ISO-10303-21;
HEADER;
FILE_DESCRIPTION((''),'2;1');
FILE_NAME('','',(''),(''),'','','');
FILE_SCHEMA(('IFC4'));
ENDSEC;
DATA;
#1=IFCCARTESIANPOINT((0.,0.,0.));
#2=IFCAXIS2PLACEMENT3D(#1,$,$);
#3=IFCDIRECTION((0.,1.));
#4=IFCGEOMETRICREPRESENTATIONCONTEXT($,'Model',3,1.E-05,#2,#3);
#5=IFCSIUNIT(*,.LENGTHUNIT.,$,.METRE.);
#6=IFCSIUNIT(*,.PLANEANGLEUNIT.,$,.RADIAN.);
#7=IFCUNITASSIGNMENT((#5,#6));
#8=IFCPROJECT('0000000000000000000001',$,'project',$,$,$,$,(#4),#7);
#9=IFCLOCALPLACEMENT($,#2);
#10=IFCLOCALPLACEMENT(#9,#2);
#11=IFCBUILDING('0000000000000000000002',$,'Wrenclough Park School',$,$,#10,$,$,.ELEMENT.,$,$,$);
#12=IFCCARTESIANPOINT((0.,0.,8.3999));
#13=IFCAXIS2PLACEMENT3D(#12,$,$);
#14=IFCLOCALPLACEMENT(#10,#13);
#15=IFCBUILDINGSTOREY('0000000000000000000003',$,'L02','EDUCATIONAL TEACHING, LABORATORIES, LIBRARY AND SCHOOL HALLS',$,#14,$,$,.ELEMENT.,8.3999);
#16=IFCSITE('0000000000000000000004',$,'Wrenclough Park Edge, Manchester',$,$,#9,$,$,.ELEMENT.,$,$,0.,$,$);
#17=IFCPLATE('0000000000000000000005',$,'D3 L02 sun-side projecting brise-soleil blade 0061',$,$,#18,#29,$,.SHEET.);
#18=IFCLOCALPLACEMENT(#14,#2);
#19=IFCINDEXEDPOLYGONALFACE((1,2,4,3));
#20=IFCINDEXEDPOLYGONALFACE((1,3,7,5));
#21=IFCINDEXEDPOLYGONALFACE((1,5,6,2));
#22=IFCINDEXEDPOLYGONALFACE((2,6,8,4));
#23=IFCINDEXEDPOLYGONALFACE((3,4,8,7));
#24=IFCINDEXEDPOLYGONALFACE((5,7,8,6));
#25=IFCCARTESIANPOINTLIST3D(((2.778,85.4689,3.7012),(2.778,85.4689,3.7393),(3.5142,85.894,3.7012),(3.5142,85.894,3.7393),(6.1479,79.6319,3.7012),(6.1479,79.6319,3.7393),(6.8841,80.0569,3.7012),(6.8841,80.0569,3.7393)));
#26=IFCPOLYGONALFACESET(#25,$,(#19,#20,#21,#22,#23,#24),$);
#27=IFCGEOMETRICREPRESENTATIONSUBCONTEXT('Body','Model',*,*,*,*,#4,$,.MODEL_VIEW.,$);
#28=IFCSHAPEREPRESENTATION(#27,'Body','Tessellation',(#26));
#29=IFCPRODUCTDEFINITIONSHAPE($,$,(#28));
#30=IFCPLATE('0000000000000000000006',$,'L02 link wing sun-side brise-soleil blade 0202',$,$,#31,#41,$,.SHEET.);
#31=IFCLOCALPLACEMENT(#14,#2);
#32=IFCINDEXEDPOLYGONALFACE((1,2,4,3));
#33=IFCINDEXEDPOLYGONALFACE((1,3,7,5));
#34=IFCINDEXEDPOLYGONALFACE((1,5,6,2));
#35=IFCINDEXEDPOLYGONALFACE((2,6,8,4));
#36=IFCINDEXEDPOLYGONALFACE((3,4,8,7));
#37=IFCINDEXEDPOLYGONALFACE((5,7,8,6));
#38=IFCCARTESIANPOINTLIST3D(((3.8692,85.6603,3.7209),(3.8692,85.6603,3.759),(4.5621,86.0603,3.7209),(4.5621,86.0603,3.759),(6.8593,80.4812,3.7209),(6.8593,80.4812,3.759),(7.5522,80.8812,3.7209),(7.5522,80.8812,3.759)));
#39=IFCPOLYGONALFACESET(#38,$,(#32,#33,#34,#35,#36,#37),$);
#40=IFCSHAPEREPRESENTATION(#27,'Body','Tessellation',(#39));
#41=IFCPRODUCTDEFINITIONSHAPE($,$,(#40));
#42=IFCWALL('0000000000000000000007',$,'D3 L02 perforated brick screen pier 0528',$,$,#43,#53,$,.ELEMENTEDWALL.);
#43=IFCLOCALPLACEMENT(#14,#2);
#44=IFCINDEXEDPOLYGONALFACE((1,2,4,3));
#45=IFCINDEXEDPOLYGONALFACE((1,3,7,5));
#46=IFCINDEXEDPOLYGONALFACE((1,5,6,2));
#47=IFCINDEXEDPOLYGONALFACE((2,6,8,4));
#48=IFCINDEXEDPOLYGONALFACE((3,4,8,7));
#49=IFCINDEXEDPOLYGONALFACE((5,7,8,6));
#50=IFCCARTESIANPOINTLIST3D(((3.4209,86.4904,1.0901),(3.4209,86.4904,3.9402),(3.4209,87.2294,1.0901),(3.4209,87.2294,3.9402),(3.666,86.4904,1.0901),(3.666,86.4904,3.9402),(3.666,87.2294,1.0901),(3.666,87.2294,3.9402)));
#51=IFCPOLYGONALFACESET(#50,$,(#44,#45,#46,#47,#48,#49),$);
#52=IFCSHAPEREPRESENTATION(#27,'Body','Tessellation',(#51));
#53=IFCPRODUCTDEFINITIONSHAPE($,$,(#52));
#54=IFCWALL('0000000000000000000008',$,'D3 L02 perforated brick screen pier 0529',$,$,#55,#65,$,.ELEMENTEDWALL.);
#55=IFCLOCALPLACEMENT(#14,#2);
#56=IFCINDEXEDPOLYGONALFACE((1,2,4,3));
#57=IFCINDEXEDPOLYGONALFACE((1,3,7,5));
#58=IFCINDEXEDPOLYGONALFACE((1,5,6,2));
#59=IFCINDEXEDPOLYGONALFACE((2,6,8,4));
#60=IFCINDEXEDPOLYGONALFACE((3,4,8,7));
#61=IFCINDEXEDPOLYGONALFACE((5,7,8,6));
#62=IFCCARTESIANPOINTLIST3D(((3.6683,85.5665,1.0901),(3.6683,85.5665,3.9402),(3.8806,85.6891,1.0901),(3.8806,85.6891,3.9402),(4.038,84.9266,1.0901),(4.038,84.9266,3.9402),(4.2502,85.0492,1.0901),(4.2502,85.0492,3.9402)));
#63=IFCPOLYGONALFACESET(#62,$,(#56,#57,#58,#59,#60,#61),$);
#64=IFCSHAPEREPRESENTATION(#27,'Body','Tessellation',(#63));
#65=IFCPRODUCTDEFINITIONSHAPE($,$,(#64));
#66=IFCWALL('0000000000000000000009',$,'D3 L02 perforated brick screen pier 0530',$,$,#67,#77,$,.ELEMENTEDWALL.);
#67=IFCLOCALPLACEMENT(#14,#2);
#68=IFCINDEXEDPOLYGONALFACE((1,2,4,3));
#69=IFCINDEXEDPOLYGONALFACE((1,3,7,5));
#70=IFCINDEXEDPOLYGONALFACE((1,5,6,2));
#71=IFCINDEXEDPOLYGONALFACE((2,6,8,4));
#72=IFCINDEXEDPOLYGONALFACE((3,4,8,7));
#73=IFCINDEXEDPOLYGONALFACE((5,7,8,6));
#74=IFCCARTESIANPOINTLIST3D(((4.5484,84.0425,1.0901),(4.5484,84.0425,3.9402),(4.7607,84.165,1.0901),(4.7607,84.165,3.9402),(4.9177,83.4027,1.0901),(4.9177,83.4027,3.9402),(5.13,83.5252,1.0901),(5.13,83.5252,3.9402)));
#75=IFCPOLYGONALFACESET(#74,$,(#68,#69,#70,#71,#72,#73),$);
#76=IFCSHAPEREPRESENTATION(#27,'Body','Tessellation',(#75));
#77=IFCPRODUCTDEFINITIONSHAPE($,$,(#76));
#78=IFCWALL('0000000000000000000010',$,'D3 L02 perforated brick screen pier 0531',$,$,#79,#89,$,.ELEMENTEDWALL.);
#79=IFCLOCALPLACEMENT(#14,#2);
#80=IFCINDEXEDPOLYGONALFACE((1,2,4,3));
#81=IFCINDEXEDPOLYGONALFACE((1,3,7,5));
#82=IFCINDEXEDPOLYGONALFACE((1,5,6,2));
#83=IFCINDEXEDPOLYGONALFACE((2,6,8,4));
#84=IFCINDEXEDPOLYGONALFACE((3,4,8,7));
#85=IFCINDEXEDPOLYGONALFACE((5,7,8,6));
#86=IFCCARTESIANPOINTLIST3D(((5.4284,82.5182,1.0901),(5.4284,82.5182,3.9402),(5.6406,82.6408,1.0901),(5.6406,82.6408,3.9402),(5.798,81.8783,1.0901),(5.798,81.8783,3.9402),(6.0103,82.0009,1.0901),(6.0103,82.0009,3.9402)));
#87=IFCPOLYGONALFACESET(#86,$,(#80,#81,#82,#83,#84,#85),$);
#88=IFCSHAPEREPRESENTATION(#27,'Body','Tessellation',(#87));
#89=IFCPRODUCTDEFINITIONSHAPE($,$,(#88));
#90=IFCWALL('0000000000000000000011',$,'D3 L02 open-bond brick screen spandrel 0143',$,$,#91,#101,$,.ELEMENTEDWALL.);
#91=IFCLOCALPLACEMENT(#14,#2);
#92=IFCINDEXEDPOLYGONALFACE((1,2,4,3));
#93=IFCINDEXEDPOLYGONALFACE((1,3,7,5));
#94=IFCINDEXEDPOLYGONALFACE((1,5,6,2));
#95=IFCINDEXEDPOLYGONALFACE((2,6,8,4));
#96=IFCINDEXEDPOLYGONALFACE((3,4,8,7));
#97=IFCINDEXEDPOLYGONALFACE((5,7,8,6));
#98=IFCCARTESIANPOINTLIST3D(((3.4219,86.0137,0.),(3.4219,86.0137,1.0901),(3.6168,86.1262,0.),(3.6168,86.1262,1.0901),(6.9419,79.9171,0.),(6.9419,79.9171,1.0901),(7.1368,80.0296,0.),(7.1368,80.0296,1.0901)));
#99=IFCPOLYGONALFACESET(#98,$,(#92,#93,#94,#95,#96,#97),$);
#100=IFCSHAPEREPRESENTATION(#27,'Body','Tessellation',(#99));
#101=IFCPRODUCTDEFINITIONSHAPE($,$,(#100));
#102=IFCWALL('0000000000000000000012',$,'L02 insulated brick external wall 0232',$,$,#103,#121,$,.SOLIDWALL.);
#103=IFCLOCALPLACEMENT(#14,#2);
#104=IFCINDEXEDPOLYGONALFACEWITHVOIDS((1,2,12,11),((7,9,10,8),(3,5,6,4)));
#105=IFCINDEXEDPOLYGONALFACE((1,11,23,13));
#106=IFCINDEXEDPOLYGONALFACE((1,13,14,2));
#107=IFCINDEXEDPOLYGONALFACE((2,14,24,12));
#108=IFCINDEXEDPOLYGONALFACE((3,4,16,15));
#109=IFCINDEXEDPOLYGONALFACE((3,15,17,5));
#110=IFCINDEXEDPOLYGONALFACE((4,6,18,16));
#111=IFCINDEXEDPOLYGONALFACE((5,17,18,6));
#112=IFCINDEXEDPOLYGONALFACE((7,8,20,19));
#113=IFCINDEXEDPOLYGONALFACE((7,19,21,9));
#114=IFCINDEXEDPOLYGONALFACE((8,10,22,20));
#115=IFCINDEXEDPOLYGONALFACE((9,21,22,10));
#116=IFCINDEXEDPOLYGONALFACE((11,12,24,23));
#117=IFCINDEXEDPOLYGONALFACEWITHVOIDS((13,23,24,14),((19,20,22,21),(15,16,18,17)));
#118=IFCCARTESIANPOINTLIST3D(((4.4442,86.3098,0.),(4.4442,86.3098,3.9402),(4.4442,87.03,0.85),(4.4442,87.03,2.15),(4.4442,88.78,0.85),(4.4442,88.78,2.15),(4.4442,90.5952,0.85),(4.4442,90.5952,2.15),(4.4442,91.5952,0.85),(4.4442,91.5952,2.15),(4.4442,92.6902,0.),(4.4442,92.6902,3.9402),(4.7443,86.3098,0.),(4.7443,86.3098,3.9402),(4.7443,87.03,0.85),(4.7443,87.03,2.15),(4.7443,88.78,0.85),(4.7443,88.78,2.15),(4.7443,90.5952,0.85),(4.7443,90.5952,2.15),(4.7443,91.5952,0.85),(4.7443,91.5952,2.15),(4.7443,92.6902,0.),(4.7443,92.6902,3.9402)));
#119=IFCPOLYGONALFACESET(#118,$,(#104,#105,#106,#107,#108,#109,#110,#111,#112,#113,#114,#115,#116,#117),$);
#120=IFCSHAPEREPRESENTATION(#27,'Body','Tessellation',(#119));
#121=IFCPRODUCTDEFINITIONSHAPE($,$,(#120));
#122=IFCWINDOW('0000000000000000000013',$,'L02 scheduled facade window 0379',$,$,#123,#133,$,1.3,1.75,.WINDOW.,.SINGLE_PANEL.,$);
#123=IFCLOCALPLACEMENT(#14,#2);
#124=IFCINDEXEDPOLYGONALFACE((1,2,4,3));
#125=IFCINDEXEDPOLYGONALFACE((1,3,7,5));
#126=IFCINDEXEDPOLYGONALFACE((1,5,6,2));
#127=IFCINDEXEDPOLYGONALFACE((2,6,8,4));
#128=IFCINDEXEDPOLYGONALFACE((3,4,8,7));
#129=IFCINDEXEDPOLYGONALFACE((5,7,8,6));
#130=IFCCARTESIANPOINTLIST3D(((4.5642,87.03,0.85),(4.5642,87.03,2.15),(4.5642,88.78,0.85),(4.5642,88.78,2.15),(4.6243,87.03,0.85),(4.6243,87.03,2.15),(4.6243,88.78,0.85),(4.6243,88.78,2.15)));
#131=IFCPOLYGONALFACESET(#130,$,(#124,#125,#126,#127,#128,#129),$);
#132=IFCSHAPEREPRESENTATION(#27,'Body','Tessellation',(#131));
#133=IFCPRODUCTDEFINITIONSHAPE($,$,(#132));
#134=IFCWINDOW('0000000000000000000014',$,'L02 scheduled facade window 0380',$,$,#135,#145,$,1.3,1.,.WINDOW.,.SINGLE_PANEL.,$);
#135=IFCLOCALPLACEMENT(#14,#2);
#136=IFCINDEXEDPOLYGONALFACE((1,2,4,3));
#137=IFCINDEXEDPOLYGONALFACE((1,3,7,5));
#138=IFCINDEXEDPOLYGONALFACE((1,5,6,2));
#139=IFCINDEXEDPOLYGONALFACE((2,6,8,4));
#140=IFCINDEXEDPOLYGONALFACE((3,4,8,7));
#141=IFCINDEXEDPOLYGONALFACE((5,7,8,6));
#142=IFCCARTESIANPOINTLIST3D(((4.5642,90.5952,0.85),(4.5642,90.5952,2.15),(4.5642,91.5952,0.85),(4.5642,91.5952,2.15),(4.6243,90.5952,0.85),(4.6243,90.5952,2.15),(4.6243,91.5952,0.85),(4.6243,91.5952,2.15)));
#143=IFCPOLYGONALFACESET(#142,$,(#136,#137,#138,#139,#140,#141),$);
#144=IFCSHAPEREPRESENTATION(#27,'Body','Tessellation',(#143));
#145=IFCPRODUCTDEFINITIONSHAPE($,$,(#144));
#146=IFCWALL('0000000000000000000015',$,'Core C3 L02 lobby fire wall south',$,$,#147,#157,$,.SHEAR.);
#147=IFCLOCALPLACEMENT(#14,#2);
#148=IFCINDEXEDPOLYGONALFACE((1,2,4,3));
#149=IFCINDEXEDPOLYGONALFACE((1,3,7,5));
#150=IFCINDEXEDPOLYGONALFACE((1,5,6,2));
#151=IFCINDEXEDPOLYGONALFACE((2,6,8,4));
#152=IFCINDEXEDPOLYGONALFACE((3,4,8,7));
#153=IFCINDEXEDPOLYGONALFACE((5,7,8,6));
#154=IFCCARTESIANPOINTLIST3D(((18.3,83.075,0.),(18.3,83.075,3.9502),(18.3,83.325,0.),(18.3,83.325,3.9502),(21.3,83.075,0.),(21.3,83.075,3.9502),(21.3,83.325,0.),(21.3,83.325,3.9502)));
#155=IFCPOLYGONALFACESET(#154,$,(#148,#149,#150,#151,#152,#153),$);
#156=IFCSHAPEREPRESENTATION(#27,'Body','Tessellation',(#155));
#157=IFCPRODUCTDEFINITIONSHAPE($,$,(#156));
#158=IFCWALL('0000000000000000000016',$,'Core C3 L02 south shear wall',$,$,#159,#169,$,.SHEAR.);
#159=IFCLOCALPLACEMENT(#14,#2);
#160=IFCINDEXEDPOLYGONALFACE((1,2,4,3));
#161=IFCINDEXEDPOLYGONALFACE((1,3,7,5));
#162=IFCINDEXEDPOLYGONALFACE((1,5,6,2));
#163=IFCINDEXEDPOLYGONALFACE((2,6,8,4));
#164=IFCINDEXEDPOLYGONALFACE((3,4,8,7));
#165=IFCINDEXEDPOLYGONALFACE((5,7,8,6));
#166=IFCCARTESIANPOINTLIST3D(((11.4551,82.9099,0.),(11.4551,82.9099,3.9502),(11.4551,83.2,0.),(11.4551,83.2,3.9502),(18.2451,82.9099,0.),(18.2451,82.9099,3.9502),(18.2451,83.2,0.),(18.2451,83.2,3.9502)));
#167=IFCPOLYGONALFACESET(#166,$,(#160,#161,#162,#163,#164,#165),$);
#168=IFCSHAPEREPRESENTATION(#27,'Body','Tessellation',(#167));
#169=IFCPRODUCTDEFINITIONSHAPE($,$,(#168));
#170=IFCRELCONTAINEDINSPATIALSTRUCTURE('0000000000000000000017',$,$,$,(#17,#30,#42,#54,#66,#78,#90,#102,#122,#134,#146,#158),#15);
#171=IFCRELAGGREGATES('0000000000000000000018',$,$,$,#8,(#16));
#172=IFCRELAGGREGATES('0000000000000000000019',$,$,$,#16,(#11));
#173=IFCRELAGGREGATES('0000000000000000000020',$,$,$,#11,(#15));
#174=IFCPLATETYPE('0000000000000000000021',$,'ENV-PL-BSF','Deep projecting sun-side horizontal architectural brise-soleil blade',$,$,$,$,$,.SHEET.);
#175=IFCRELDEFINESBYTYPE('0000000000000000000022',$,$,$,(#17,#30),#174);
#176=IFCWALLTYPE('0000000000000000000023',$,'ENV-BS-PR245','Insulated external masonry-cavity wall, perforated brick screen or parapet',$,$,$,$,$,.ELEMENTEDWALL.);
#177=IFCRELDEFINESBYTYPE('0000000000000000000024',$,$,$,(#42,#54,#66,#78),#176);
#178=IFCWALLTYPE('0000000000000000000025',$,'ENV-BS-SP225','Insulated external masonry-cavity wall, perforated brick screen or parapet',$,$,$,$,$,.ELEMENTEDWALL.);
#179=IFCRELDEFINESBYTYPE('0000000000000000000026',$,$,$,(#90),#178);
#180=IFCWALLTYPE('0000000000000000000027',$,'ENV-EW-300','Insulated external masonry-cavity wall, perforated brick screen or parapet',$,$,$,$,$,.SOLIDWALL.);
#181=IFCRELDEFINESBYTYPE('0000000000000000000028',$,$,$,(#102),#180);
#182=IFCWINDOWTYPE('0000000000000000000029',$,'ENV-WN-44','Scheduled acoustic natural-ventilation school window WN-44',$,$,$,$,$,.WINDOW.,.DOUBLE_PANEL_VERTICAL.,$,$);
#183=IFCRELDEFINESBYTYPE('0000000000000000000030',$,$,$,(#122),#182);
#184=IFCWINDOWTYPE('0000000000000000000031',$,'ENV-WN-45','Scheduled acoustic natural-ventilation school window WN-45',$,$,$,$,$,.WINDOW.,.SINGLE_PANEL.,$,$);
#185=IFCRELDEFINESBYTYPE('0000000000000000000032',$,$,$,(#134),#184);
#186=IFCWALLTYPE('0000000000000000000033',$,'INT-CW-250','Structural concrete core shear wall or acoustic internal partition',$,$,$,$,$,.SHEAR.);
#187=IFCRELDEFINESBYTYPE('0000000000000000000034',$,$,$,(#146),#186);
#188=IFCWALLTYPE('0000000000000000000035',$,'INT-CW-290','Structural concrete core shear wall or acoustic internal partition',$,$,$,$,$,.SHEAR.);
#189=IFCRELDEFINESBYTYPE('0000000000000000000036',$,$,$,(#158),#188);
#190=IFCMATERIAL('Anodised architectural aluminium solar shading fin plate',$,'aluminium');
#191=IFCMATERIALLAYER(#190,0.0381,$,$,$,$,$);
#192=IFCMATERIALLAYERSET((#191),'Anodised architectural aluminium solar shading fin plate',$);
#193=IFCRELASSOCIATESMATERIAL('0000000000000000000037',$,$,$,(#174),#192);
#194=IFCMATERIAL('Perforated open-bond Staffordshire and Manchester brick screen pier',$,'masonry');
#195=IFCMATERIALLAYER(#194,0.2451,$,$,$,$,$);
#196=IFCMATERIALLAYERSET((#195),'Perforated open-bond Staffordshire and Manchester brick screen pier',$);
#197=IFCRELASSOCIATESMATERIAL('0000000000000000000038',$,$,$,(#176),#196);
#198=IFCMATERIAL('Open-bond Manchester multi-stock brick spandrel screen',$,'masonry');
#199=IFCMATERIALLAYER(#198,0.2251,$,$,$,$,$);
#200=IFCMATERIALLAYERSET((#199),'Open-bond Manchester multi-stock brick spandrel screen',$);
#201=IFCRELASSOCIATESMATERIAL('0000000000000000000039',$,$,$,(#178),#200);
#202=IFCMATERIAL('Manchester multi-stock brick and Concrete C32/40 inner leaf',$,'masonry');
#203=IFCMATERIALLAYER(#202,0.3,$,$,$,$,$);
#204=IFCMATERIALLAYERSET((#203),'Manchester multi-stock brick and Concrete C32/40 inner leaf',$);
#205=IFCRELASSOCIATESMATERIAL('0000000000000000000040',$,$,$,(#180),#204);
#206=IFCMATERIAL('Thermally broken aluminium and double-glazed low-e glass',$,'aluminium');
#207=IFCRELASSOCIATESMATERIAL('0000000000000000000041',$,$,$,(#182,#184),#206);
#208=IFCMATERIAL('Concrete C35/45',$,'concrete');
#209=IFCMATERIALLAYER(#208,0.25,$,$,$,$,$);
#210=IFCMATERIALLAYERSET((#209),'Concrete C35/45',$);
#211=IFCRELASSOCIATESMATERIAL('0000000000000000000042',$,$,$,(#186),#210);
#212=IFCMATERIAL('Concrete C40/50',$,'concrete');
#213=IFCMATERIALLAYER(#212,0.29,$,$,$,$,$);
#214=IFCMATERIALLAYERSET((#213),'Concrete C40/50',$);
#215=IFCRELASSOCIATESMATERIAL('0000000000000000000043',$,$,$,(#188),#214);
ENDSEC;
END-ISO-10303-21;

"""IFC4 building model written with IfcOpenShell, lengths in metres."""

from ifc_helpers import new_model, si_unit, direction, frame, frame_2d, origin, origin_2d, place, context, subcontext, project, spatial, rectangle, extrude, material, layer, layer_set, type_object, element, fill, save


model = new_model("IFC4")

# Units and contexts
model_context = context("Model", 3, precision=1e-05, world=origin(), true_north=direction((0.0, 1.0)))
body_context = subcontext(model_context, "Body", "Model", "MODEL_VIEW")
ifc_project = project(units=[si_unit("LENGTHUNIT", "METRE"), si_unit("PLANEANGLEUNIT", "RADIAN")], contexts=[model_context])

# Site, building, storey
site_placement = place(None, origin())
site = spatial("IfcSite", under=ifc_project, at=site_placement, Name="Wrenclough Park Edge, Manchester", CompositionType="ELEMENT", RefElevation=0.0)
building_placement = place(site_placement, origin())
building = spatial("IfcBuilding", under=site, at=building_placement, Name="Wrenclough Park School", CompositionType="ELEMENT")
storey_placement = place(building_placement, frame((0.0, 0.0, 8.3999)))
storey = spatial("IfcBuildingStorey", under=building, at=storey_placement, Name="L02", Description="EDUCATIONAL TEACHING, LABORATORIES, LIBRARY AND SCHOOL HALLS", CompositionType="ELEMENT", Elevation=8.3999)

# Plates
ifc_material_1 = material(Name="Anodised architectural aluminium solar shading fin plate", Category="aluminium")
ifc_layer_1 = layer(ifc_material_1, 0.0381)
ifc_layer_set_1 = layer_set([ifc_layer_1], Name="Anodised architectural aluminium solar shading fin plate")
plate_type = type_object("IfcPlateType", Name="ENV-PL-BSF", Description="Deep projecting sun-side horizontal architectural brise-soleil blade", PredefinedType="SHEET", material=ifc_layer_set_1)
plate_1_placement = place(storey_placement, frame((4.8311, 82.7629, 3.7012), z_axis=(0.0, 0.0, 1.0), x_axis=(0.499991, -0.866031, 0.0)))
element("IfcPlate", 1, at=plate_1_placement, inside=storey, type_object=plate_type, Name="D3 L02 sun-side projecting brise-soleil blade 0061", PredefinedType="SHEET", context=body_context, shape_type="SweptSolid", body=[
    extrude(rectangle(XDim=6.74, YDim=0.8501, at=origin_2d()), origin(), (0.0, 0.0, 1.0), 0.0381),
])
plate_2_placement = place(storey_placement, frame((5.7107, 83.2708, 3.7209), z_axis=(0.0, 0.0, 1.0), x_axis=(-0.499994, 0.866029, 0.0)))
element("IfcPlate", 2, at=plate_2_placement, inside=storey, type_object=plate_type, Name="L02 link wing sun-side brise-soleil blade 0202", PredefinedType="SHEET", context=body_context, shape_type="SweptSolid", body=[
    extrude(rectangle(XDim=5.9802, YDim=0.8, at=origin_2d()), origin(), (0.0, 0.0, 1.0), 0.0381),
])

# Walls
ifc_material_2 = material(Name="Perforated open-bond Staffordshire and Manchester brick screen pier", Category="masonry")
ifc_layer_2 = layer(ifc_material_2, 0.2451)
ifc_layer_set_2 = layer_set([ifc_layer_2], Name="Perforated open-bond Staffordshire and Manchester brick screen pier")
wall_type_1 = type_object("IfcWallType", Name="ENV-BS-PR245", Description="Insulated external masonry-cavity wall, perforated brick screen or parapet", PredefinedType="ELEMENTEDWALL", material=ifc_layer_set_2)
for number, where, z_axis, x_axis, name in (
    (3, (3.5435, 87.2295, 1.0901), (0.0, 0.0, 1.0), (0.0, -1.0, 0.0), "D3 L02 perforated brick screen pier 0528"),
    (4, (3.7744, 85.6279, 1.0901), (0.0, 0.0, 1.0), (0.50019, -0.865916, 0.0), "D3 L02 perforated brick screen pier 0529"),
):
    element("IfcWall", number, at=place(storey_placement, frame(where, z_axis=z_axis, x_axis=x_axis)), inside=storey, type_object=wall_type_1, Name=name, PredefinedType="ELEMENTEDWALL", context=body_context, shape_type="SweptSolid", body=[
        extrude(rectangle(XDim=0.739, YDim=0.2451, at=frame_2d((0.3696, 0.0))), origin(), (0.0, 0.0, 1.0), 2.8501),
    ])
wall_1_placement = place(storey_placement, frame((4.6545, 84.1038, 1.0901), z_axis=(0.0, 0.0, 1.0), x_axis=(0.499942, -0.866059, 0.0)))
element("IfcWall", 5, at=wall_1_placement, inside=storey, type_object=wall_type_1, Name="D3 L02 perforated brick screen pier 0530", PredefinedType="ELEMENTEDWALL", context=body_context, shape_type="SweptSolid", body=[
    extrude(rectangle(XDim=0.7388, YDim=0.2451, at=frame_2d((0.3694, 0.0))), origin(), (0.0, 0.0, 1.0), 2.8501),
])
wall_2_placement = place(storey_placement, frame((5.5344, 82.5796, 1.0901), z_axis=(0.0, 0.0, 1.0), x_axis=(0.50019, -0.865916, 0.0)))
element("IfcWall", 6, at=wall_2_placement, inside=storey, type_object=wall_type_1, Name="D3 L02 perforated brick screen pier 0531", PredefinedType="ELEMENTEDWALL", context=body_context, shape_type="SweptSolid", body=[
    extrude(rectangle(XDim=0.739, YDim=0.2451, at=frame_2d((0.3696, 0.0))), origin(), (0.0, 0.0, 1.0), 2.8501),
])
ifc_material_3 = material(Name="Open-bond Manchester multi-stock brick spandrel screen", Category="masonry")
ifc_layer_3 = layer(ifc_material_3, 0.2251)
ifc_layer_set_3 = layer_set([ifc_layer_3], Name="Open-bond Manchester multi-stock brick spandrel screen")
wall_type_2 = type_object("IfcWallType", Name="ENV-BS-SP225", Description="Insulated external masonry-cavity wall, perforated brick screen or parapet", PredefinedType="ELEMENTEDWALL", material=ifc_layer_set_3)
wall_3_placement = place(storey_placement, frame((3.5193, 86.0701, 0.0), z_axis=(0.0, 0.0, 1.0), x_axis=(0.500011, -0.866019, 0.0)))
element("IfcWall", 7, at=wall_3_placement, inside=storey, type_object=wall_type_2, Name="D3 L02 open-bond brick screen spandrel 0143", PredefinedType="ELEMENTEDWALL", context=body_context, shape_type="SweptSolid", body=[
    extrude(rectangle(XDim=7.0398, YDim=0.2251, at=frame_2d((3.52, 0.0))), origin(), (0.0, 0.0, 1.0), 1.0901),
])

# Wall, openings, windows
ifc_material_4 = material(Name="Manchester multi-stock brick and Concrete C32/40 inner leaf", Category="masonry")
ifc_layer_4 = layer(ifc_material_4, 0.3)
ifc_layer_set_4 = layer_set([ifc_layer_4], Name="Manchester multi-stock brick and Concrete C32/40 inner leaf")
wall_type_3 = type_object("IfcWallType", Name="ENV-EW-300", Description="Insulated external masonry-cavity wall, perforated brick screen or parapet", PredefinedType="SOLIDWALL", material=ifc_layer_set_4)
wall_4_placement = place(storey_placement, frame((4.5942, 86.3098, 0.0), z_axis=(0.0, 0.0, 1.0), x_axis=(0.0, 1.0, 0.0)))
wall_4 = element("IfcWall", 8, at=wall_4_placement, inside=storey, type_object=wall_type_3, Name="L02 insulated brick external wall 0232", PredefinedType="SOLIDWALL", context=body_context, shape_type="SweptSolid", body=[
    extrude(rectangle(XDim=6.3804, YDim=0.3, at=frame_2d((3.1902, 0.0))), origin(), (0.0, 0.0, 1.0), 3.9402),
])
opening_1_placement = place(wall_4_placement, frame((0.7202, 0.0, 0.8501)))
opening_1 = element("IfcOpeningElement", 9, at=opening_1_placement, cuts=wall_4, PredefinedType="OPENING", context=body_context, shape_type="SweptSolid", body=[
    extrude(rectangle(XDim=1.75, YDim=1.3, at=frame_2d((0.875, 0.6499))), frame((0.0, 0.1599, 0.0), z_axis=(0.0, -1.0, 0.0), x_axis=(1.0, 0.0, 0.0)), (0.0, 0.0, 1.0), 0.3201),
])
opening_2_placement = place(wall_4_placement, frame((4.2854, 0.0, 0.8501)))
opening_2 = element("IfcOpeningElement", 10, at=opening_2_placement, cuts=wall_4, PredefinedType="OPENING", context=body_context, shape_type="SweptSolid", body=[
    extrude(rectangle(XDim=1.0, YDim=1.3, at=frame_2d((0.5, 0.6499))), frame((0.0, 0.1599, 0.0), z_axis=(0.0, -1.0, 0.0), x_axis=(1.0, 0.0, 0.0)), (0.0, 0.0, 1.0), 0.3201),
])
ifc_material_5 = material(Name="Thermally broken aluminium and double-glazed low-e glass", Category="aluminium")
window_type_1 = type_object("IfcWindowType", Name="ENV-WN-44", Description="Scheduled acoustic natural-ventilation school window WN-44", PartitioningType="DOUBLE_PANEL_VERTICAL", PredefinedType="WINDOW", material=ifc_material_5)
window_1_placement = place(opening_1_placement, origin())
window_1 = element("IfcWindow", 11, at=window_1_placement, inside=storey, type_object=window_type_1, Name="L02 scheduled facade window 0379", OverallHeight=1.3, OverallWidth=1.75, PartitioningType="SINGLE_PANEL", PredefinedType="WINDOW", context=body_context, shape_type="SweptSolid", body=[
    extrude(rectangle(XDim=1.75, YDim=1.3, at=frame_2d((0.875, 0.6499))), frame((0.0, 0.03, 0.0), z_axis=(0.0, -1.0, 0.0), x_axis=(1.0, 0.0, 0.0)), (0.0, 0.0, 1.0), 0.0601),
])
fill(opening_1, window_1)
window_type_2 = type_object("IfcWindowType", Name="ENV-WN-45", Description="Scheduled acoustic natural-ventilation school window WN-45", PartitioningType="SINGLE_PANEL", PredefinedType="WINDOW", material=ifc_material_5)
window_2_placement = place(opening_2_placement, origin())
window_2 = element("IfcWindow", 12, at=window_2_placement, inside=storey, type_object=window_type_2, Name="L02 scheduled facade window 0380", OverallHeight=1.3, OverallWidth=1.0, PartitioningType="SINGLE_PANEL", PredefinedType="WINDOW", context=body_context, shape_type="SweptSolid", body=[
    extrude(rectangle(XDim=1.0, YDim=1.3, at=frame_2d((0.5, 0.6499))), frame((0.0, 0.03, 0.0), z_axis=(0.0, -1.0, 0.0), x_axis=(1.0, 0.0, 0.0)), (0.0, 0.0, 1.0), 0.0601),
])
fill(opening_2, window_2)

# Walls
ifc_material_6 = material(Name="Concrete C35/45", Category="concrete")
ifc_layer_5 = layer(ifc_material_6, 0.25)
ifc_layer_set_5 = layer_set([ifc_layer_5], Name="Concrete C35/45")
wall_type_4 = type_object("IfcWallType", Name="INT-CW-250", Description="Structural concrete core shear wall or acoustic internal partition", PredefinedType="SHEAR", material=ifc_layer_set_5)
wall_5_placement = place(storey_placement, frame((18.3, 83.2, 0.0), z_axis=(0.0, 0.0, 1.0), x_axis=(1.0, 0.0, 0.0)))
element("IfcWall", 13, at=wall_5_placement, inside=storey, type_object=wall_type_4, Name="Core C3 L02 lobby fire wall south", PredefinedType="SHEAR", context=body_context, shape_type="SweptSolid", body=[
    extrude(rectangle(XDim=3.0, YDim=0.25, at=frame_2d((1.5, 0.0))), origin(), (0.0, 0.0, 1.0), 3.9502),
])
ifc_material_7 = material(Name="Concrete C40/50", Category="concrete")
ifc_layer_6 = layer(ifc_material_7, 0.29)
ifc_layer_set_6 = layer_set([ifc_layer_6], Name="Concrete C40/50")
wall_type_5 = type_object("IfcWallType", Name="INT-CW-290", Description="Structural concrete core shear wall or acoustic internal partition", PredefinedType="SHEAR", material=ifc_layer_set_6)
wall_6_placement = place(storey_placement, frame((11.4551, 83.0549, 0.0), z_axis=(0.0, 0.0, 1.0), x_axis=(1.0, 0.0, 0.0)))
element("IfcWall", 14, at=wall_6_placement, inside=storey, type_object=wall_type_5, Name="Core C3 L02 south shear wall", PredefinedType="SHEAR", context=body_context, shape_type="SweptSolid", body=[
    extrude(rectangle(XDim=6.79, YDim=0.29, at=frame_2d((3.395, 0.0))), origin(), (0.0, 0.0, 1.0), 3.9502),
])

save(model, "model.ifc")
